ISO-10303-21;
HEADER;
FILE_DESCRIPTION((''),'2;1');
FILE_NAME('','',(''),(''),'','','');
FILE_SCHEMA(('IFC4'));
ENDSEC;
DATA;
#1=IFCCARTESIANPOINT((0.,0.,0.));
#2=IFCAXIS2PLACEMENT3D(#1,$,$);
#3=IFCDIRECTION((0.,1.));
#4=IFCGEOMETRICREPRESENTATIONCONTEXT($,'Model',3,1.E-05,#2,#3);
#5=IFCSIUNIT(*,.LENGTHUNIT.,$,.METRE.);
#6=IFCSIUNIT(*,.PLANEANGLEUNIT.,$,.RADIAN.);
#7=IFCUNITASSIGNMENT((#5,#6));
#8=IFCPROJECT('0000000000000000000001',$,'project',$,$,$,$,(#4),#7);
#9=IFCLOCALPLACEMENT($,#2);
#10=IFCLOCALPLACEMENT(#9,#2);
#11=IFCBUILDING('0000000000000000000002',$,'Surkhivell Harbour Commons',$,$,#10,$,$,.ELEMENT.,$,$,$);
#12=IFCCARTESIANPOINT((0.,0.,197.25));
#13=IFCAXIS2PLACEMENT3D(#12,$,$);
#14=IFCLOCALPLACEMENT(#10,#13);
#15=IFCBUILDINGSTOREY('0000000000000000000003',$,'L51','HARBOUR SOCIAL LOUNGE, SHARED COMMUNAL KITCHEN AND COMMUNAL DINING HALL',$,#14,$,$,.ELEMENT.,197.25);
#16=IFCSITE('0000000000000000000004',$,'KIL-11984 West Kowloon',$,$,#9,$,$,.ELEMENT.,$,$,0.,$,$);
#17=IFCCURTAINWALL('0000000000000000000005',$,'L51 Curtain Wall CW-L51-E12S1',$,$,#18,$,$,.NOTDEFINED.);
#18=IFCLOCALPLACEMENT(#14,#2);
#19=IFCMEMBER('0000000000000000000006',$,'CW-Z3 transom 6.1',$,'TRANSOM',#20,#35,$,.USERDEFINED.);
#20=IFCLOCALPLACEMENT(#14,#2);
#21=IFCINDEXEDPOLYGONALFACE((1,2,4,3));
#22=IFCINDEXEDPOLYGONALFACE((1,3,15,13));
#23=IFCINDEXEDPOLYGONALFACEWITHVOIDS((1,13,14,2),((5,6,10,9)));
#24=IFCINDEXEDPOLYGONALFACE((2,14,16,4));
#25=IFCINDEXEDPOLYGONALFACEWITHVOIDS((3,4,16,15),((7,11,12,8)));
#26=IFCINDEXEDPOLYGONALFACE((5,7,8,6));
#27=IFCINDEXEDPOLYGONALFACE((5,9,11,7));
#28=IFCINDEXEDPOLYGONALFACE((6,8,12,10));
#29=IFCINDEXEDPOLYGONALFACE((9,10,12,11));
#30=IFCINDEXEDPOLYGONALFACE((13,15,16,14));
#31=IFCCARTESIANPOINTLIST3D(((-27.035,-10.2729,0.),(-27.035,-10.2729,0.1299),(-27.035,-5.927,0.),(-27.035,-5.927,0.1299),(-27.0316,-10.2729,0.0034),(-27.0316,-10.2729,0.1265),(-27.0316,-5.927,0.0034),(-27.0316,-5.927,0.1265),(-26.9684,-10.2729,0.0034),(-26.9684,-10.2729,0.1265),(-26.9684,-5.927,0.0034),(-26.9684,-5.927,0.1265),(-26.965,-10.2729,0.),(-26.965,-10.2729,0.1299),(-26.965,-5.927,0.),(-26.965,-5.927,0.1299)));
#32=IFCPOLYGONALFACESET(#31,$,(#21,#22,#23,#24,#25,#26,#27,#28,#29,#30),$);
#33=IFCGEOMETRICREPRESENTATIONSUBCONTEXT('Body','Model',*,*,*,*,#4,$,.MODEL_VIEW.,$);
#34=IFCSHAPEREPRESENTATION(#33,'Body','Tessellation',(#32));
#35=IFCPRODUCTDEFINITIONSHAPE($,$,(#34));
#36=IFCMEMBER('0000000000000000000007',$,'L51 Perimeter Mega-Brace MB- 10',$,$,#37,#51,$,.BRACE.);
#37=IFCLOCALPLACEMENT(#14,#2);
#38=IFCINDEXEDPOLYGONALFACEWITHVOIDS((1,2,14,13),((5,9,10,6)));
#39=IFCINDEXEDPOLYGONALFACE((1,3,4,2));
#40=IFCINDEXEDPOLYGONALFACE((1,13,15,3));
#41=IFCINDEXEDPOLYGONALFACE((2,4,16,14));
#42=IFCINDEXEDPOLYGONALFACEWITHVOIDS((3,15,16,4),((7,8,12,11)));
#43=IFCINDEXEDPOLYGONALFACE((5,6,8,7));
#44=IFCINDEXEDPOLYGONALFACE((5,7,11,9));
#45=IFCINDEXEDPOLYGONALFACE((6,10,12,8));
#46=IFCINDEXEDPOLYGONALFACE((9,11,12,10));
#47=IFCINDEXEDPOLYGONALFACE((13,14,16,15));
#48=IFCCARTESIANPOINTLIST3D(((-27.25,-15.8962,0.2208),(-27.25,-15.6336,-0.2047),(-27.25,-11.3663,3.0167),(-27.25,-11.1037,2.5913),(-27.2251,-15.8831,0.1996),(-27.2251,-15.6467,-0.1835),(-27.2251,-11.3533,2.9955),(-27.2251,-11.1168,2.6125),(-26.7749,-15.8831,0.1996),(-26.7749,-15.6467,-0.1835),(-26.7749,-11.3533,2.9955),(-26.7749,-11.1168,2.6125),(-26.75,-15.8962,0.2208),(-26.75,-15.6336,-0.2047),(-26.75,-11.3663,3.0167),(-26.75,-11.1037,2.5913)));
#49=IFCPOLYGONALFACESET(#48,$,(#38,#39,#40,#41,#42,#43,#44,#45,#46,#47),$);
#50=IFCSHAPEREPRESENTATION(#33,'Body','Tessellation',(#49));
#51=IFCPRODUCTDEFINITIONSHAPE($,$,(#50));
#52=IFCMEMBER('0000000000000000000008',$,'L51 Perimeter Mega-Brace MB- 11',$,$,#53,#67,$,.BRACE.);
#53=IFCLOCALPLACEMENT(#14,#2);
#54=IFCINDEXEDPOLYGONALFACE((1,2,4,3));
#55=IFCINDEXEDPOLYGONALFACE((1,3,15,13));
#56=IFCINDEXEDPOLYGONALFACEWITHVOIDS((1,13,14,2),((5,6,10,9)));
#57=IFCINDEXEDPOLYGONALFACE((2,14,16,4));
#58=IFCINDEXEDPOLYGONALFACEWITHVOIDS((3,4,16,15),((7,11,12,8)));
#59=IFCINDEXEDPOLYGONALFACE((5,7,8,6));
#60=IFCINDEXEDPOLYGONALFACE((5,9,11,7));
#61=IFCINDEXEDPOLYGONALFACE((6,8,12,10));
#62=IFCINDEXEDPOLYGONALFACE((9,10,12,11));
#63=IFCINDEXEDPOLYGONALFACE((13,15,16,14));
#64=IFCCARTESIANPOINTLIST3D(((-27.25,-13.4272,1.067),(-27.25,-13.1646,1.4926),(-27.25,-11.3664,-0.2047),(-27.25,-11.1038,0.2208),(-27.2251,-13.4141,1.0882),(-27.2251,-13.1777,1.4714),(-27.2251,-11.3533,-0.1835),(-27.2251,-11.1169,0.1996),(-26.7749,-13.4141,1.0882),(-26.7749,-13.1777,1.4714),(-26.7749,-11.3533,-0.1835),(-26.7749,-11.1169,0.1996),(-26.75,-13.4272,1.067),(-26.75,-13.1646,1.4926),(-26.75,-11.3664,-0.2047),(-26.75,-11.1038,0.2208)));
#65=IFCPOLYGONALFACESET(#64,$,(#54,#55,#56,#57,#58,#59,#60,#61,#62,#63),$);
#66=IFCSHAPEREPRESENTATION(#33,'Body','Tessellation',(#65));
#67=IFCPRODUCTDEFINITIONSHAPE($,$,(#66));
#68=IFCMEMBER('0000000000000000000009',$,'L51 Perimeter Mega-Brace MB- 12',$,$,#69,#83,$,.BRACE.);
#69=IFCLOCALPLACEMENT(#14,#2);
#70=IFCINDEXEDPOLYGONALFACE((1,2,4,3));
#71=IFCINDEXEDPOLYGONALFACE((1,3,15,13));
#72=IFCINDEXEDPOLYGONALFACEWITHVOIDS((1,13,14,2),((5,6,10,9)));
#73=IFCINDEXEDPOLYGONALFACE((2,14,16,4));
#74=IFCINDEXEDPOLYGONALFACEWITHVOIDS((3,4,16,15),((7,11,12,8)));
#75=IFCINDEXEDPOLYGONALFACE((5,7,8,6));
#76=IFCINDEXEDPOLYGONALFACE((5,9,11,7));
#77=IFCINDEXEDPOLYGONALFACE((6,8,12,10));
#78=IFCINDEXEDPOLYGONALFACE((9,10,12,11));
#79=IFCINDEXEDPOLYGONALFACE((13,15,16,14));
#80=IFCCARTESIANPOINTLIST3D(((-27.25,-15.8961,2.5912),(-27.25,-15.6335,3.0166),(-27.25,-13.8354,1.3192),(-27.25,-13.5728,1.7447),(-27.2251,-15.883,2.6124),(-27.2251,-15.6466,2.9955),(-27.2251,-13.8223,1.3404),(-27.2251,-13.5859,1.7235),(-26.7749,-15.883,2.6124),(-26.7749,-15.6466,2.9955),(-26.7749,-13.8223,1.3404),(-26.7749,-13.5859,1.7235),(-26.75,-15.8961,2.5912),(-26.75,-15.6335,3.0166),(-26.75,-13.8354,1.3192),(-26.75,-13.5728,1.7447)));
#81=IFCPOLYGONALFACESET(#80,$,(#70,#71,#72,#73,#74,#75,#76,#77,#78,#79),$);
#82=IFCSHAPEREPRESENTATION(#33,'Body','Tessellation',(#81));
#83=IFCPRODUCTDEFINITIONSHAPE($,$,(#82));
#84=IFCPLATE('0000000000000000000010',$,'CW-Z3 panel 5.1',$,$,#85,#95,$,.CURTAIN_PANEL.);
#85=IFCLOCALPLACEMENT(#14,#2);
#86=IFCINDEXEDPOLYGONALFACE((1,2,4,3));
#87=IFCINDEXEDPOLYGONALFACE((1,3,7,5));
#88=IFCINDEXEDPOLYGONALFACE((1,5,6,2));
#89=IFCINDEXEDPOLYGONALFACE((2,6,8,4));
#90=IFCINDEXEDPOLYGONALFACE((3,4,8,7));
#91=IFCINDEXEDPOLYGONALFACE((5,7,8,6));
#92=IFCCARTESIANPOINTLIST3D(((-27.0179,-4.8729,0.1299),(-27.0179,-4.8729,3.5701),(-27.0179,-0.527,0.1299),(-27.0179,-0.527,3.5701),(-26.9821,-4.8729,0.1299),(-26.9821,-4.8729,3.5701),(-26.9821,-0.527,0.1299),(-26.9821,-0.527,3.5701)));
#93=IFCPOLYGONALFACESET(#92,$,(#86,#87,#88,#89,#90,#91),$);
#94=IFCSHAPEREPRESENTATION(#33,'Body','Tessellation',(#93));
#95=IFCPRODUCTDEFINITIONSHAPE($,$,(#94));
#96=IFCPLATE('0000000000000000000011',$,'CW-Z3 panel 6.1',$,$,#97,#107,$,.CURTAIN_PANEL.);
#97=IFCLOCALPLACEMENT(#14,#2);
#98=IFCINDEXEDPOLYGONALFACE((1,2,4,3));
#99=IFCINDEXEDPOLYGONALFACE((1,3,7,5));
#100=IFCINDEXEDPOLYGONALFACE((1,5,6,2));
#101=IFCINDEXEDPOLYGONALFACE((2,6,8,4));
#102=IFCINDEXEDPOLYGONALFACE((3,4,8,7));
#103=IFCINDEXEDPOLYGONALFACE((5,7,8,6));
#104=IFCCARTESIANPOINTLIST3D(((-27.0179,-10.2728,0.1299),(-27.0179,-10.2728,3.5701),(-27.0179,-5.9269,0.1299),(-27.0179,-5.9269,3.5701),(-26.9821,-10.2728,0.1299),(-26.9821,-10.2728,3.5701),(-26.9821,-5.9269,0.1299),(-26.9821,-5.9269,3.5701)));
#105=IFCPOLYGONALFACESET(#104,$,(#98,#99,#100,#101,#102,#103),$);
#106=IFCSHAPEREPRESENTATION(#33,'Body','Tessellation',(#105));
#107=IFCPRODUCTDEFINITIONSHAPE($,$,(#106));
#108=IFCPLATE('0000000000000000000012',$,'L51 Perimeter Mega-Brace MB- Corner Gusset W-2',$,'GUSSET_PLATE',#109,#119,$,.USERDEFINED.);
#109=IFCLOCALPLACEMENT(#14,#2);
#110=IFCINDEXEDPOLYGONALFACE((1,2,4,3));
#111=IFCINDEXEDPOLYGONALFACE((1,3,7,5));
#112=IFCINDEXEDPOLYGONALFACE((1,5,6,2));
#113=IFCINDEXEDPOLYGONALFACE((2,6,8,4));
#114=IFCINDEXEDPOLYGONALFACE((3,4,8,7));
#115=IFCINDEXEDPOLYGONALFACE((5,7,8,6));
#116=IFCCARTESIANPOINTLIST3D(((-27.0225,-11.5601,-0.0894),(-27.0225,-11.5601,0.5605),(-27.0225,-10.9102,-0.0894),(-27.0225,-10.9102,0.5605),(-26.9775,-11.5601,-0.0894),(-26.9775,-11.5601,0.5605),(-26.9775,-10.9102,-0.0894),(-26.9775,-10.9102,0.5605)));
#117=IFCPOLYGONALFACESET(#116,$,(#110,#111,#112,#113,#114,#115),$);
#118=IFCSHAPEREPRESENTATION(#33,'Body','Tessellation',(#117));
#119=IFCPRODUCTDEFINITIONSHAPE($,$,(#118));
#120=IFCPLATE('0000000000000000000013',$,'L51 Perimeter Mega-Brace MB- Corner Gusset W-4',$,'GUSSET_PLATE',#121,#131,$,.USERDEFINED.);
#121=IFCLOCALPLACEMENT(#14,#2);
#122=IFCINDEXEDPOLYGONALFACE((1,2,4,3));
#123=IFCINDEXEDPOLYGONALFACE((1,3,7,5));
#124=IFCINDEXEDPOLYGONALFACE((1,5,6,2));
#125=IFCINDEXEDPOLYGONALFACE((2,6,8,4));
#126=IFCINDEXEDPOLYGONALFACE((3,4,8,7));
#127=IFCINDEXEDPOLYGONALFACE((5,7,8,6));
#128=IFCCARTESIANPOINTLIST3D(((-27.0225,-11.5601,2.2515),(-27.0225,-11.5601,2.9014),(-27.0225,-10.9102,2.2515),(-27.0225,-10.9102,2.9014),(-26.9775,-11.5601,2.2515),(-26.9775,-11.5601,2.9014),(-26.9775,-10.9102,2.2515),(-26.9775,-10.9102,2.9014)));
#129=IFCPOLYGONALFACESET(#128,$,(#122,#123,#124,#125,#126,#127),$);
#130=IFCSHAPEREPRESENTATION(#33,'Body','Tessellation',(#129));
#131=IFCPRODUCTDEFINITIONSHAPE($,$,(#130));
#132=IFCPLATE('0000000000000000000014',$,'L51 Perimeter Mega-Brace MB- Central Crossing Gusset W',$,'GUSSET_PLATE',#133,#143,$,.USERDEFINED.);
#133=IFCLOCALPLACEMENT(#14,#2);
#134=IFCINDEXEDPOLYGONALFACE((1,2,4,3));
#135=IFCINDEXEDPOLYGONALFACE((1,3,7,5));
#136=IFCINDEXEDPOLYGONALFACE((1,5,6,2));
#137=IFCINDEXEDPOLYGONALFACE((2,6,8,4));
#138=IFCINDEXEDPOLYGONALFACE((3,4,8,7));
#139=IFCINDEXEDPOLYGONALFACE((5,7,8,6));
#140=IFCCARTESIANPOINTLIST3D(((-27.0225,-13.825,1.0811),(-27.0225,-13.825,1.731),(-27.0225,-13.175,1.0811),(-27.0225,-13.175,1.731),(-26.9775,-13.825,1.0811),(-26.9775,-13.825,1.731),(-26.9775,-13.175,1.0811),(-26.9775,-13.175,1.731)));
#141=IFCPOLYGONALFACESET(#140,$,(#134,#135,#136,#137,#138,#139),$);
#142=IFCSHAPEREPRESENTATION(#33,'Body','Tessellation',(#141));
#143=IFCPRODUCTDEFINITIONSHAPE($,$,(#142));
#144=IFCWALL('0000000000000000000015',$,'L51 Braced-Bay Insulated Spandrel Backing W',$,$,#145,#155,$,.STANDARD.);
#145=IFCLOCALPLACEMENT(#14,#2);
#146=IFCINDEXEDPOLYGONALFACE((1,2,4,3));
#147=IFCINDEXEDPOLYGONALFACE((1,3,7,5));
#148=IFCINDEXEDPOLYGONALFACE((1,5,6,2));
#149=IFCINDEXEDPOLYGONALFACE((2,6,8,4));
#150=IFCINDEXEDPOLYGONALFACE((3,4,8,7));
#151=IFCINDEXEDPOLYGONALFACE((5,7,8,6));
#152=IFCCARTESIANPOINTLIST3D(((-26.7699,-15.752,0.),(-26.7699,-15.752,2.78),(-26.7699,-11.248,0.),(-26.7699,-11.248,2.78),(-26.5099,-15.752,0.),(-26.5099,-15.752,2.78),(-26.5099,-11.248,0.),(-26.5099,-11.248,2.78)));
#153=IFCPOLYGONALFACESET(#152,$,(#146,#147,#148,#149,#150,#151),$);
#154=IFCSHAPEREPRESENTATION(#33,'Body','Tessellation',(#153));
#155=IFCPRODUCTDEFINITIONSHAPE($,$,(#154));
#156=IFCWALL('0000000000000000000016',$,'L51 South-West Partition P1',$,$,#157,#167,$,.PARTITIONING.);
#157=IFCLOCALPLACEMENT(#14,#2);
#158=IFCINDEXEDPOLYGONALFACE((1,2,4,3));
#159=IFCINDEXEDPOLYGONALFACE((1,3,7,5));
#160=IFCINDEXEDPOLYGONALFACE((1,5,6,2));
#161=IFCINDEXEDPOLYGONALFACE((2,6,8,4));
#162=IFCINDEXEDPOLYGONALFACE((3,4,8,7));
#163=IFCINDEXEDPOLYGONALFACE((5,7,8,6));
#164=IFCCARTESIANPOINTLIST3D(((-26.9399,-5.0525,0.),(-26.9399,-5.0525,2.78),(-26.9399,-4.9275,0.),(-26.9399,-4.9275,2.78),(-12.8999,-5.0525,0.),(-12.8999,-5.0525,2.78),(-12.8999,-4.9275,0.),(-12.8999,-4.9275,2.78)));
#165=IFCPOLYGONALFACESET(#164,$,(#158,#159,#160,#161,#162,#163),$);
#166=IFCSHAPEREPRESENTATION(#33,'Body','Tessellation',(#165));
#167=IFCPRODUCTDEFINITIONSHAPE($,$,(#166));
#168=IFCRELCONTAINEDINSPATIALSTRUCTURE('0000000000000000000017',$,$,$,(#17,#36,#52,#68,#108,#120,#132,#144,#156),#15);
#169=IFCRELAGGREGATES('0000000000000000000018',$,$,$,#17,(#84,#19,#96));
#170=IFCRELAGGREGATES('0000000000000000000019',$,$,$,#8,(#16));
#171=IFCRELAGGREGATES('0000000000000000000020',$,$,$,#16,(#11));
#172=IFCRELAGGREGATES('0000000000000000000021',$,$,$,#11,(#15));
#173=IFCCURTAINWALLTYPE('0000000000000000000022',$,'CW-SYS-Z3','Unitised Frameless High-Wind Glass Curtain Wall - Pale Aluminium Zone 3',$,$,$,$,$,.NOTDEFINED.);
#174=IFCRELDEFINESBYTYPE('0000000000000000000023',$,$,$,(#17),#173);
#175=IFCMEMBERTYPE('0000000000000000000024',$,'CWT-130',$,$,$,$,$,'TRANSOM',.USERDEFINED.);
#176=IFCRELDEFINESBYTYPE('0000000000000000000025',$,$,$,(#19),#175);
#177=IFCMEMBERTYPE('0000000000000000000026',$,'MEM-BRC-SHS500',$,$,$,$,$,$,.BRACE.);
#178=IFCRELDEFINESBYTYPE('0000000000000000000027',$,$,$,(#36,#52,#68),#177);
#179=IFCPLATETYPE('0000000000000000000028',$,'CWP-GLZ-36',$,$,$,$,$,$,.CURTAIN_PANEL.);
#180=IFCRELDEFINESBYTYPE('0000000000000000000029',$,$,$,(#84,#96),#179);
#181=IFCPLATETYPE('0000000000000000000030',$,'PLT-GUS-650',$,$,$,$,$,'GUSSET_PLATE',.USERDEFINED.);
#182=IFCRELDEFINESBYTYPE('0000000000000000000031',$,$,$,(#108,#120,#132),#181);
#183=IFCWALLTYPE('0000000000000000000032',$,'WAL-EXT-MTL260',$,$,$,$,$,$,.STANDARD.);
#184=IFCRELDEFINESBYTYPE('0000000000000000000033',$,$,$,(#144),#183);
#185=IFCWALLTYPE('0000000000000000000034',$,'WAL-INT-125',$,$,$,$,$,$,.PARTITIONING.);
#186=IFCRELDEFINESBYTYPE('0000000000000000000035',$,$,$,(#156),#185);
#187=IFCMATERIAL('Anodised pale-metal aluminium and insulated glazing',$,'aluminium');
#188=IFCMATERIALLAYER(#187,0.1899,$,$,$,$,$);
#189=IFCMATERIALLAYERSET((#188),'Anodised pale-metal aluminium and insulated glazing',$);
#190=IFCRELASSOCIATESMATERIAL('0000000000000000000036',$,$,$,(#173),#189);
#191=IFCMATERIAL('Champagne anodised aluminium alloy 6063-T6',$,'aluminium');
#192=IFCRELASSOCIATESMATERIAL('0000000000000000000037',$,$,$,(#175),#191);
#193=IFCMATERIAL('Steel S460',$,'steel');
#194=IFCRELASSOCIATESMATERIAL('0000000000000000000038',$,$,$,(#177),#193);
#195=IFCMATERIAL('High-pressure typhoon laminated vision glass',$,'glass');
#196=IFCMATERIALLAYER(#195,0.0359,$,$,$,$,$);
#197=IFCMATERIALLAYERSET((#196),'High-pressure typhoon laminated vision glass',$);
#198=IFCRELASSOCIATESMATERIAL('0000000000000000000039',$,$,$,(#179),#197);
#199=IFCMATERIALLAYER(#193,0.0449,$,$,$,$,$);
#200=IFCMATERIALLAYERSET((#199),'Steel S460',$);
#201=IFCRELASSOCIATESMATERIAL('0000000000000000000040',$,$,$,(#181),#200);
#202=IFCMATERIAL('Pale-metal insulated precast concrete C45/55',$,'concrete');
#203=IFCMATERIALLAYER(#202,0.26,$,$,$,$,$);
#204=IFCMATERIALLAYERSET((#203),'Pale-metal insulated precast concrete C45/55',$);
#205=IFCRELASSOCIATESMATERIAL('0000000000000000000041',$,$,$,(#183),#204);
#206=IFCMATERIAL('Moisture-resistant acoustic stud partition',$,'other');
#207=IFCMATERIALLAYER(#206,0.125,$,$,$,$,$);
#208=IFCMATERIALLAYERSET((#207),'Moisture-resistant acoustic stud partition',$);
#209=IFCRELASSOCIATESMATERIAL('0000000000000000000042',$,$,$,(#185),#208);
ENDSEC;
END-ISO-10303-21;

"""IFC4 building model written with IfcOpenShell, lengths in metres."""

from ifc_helpers import new_model, si_unit, direction, frame, frame_2d, origin, origin_2d, place, context, subcontext, project, spatial, rectangle, hollow_rectangle, extrude, material, layer, layer_set, material_profile, profile_set, type_object, element, aggregate, save


model = new_model("IFC4")

# Units and contexts
model_context = context("Model", 3, precision=1e-05, world=origin(), true_north=direction((0.0, 1.0)))
body_context = subcontext(model_context, "Body", "Model", "MODEL_VIEW")
ifc_project = project(units=[si_unit("LENGTHUNIT", "METRE"), si_unit("PLANEANGLEUNIT", "RADIAN")], contexts=[model_context])

# Site, building, storey
site_placement = place(None, origin())
site = spatial("IfcSite", under=ifc_project, at=site_placement, Name="KIL-11984 West Kowloon", CompositionType="ELEMENT", RefElevation=0.0)
building_placement = place(site_placement, origin())
building = spatial("IfcBuilding", under=site, at=building_placement, Name="Surkhivell Harbour Commons", CompositionType="ELEMENT")
storey_placement = place(building_placement, frame((0.0, 0.0, 197.25)))
storey = spatial("IfcBuildingStorey", under=building, at=storey_placement, Name="L51", Description="HARBOUR SOCIAL LOUNGE, SHARED COMMUNAL KITCHEN AND COMMUNAL DINING HALL", CompositionType="ELEMENT", Elevation=197.25)

# Curtain wall, member
ifc_material_1 = material(Name="Anodised pale-metal aluminium and insulated glazing", Category="aluminium")
ifc_layer_1 = layer(ifc_material_1, 0.1899)
ifc_layer_set_1 = layer_set([ifc_layer_1], Name="Anodised pale-metal aluminium and insulated glazing")
curtain_wall_type = type_object("IfcCurtainWallType", Name="CW-SYS-Z3", Description="Unitised Frameless High-Wind Glass Curtain Wall - Pale Aluminium Zone 3", PredefinedType="NOTDEFINED", material=ifc_layer_set_1)
curtain_wall_placement = place(storey_placement, origin())
curtain_wall = element("IfcCurtainWall", 1, at=curtain_wall_placement, inside=storey, type_object=curtain_wall_type, Name="L51 Curtain Wall CW-L51-E12S1", PredefinedType="NOTDEFINED")
ifc_material_2 = material(Name="Champagne anodised aluminium alloy 6063-T6", Category="aluminium")
ifc_material_profile_1 = material_profile(ifc_material_2, hollow_rectangle(XDim=0.0701, YDim=0.1299, WallThickness=0.0034, at=origin_2d()), Name="ALU-TRAN-70x130")
ifc_profile_set_1 = profile_set([ifc_material_profile_1], Name="Champagne anodised aluminium alloy 6063-T6")
member_type_1 = type_object("IfcMemberType", Name="CWT-130", ElementType="TRANSOM", PredefinedType="USERDEFINED", material=ifc_profile_set_1)
member_1_placement = place(storey_placement, frame((-27.0, -5.927, 0.0649), z_axis=(0.0, -1.0, 0.0), x_axis=(1.0, 0.0, 0.0)))
member_1 = element("IfcMember", 2, at=member_1_placement, type_object=member_type_1, Name="CW-Z3 transom 6.1", ObjectType="TRANSOM", PredefinedType="USERDEFINED", context=body_context, shape_type="SweptSolid", body=[
    extrude(hollow_rectangle(XDim=0.0701, YDim=0.1299, WallThickness=0.0034, at=origin_2d()), origin(), (0.0, 0.0, 1.0), 4.3459),
])

# Members
ifc_material_3 = material(Name="Steel S460", Category="steel")
ifc_material_profile_2 = material_profile(ifc_material_3, hollow_rectangle(XDim=0.5, YDim=0.5, WallThickness=0.0249, at=origin_2d()), Name="SHS500x500x25")
ifc_profile_set_2 = profile_set([ifc_material_profile_2], Name="Steel S460")
member_type_2 = type_object("IfcMemberType", Name="MEM-BRC-SHS500", PredefinedType="BRACE", material=ifc_profile_set_2)
member_2_placement = place(storey_placement, frame((-27.0, -15.7649, 0.0081), z_axis=(0.0, 0.850958, 0.525233), x_axis=(-1.0, 0.0, 0.0)))
element("IfcMember", 3, at=member_2_placement, inside=storey, type_object=member_type_2, Name="L51 Perimeter Mega-Brace MB- 10", PredefinedType="BRACE", context=body_context, shape_type="SweptSolid", body=[
    extrude(hollow_rectangle(XDim=0.5, YDim=0.5, WallThickness=0.0249, at=origin_2d()), origin(), (0.0, 0.0, 1.0), 5.3232),
])
for number, where, z_axis, x_axis, name in (
    (4, (-27.0, -11.2351, 0.0081), (0.0, -0.851003, 0.52516), (1.0, 0.0, 0.0), "L51 Perimeter Mega-Brace MB- 11"),
    (5, (-27.0, -13.7041, 1.532), (0.0, -0.850958, 0.525233), (1.0, 0.0, 0.0), "L51 Perimeter Mega-Brace MB- 12"),
):
    element("IfcMember", number, at=place(storey_placement, frame(where, z_axis=z_axis, x_axis=x_axis)), inside=storey, type_object=member_type_2, Name=name, PredefinedType="BRACE", context=body_context, shape_type="SweptSolid", body=[
        extrude(hollow_rectangle(XDim=0.5, YDim=0.5, WallThickness=0.0249, at=origin_2d()), origin(), (0.0, 0.0, 1.0), 2.4216),
    ])

# Plates
ifc_material_4 = material(Name="High-pressure typhoon laminated vision glass", Category="glass")
ifc_layer_2 = layer(ifc_material_4, 0.0359)
ifc_layer_set_2 = layer_set([ifc_layer_2], Name="High-pressure typhoon laminated vision glass")
plate_type_1 = type_object("IfcPlateType", Name="CWP-GLZ-36", PredefinedType="CURTAIN_PANEL", material=ifc_layer_set_2)
plate_1_placement = place(storey_placement, frame((-27.0, -0.5271, 0.1299), z_axis=(0.0, 0.0, 1.0), x_axis=(0.0, -1.0, 0.0)))
plate_1 = element("IfcPlate", 6, at=plate_1_placement, type_object=plate_type_1, Name="CW-Z3 panel 5.1", PredefinedType="CURTAIN_PANEL", context=body_context, shape_type="SweptSolid", body=[
    extrude(rectangle(XDim=4.3459, YDim=0.0359, at=frame_2d((2.1729, 0.0))), origin(), (0.0, 0.0, 1.0), 3.4402),
])
plate_2_placement = place(storey_placement, frame((-27.0, -5.927, 0.1299), z_axis=(0.0, 0.0, 1.0), x_axis=(0.0, -1.0, 0.0)))
plate_2 = element("IfcPlate", 7, at=plate_2_placement, type_object=plate_type_1, Name="CW-Z3 panel 6.1", PredefinedType="CURTAIN_PANEL", context=body_context, shape_type="SweptSolid", body=[
    extrude(rectangle(XDim=4.3459, YDim=0.0359, at=frame_2d((2.1729, 0.0))), origin(), (0.0, 0.0, 1.0), 3.4402),
])
aggregate(curtain_wall, [plate_1, member_1, plate_2])

# Plates
ifc_layer_3 = layer(ifc_material_3, 0.0449)
ifc_layer_set_3 = layer_set([ifc_layer_3], Name="Steel S460")
plate_type_2 = type_object("IfcPlateType", Name="PLT-GUS-650", ElementType="GUSSET_PLATE", PredefinedType="USERDEFINED", material=ifc_layer_set_3)
for number, where, z_axis, x_axis, name in (
    (8, (-27.0, -11.2351, -0.0894), (0.0, 0.0, 1.0), (0.0, 1.0, 0.0), "L51 Perimeter Mega-Brace MB- Corner Gusset W-2"),
    (9, (-27.0, -11.2351, 2.2515), (0.0, 0.0, 1.0), (0.0, 1.0, 0.0), "L51 Perimeter Mega-Brace MB- Corner Gusset W-4"),
    (10, (-27.0, -13.5, 1.0811), (0.0, 0.0, 1.0), (0.0, 1.0, 0.0), "L51 Perimeter Mega-Brace MB- Central Crossing Gusset W"),
):
    element("IfcPlate", number, at=place(storey_placement, frame(where, z_axis=z_axis, x_axis=x_axis)), inside=storey, type_object=plate_type_2, Name=name, ObjectType="GUSSET_PLATE", PredefinedType="USERDEFINED", context=body_context, shape_type="SweptSolid", body=[
        extrude(rectangle(XDim=0.6499, YDim=0.0449, at=origin_2d()), origin(), (0.0, 0.0, 1.0), 0.6499),
    ])

# Walls
ifc_material_5 = material(Name="Pale-metal insulated precast concrete C45/55", Category="concrete")
ifc_layer_4 = layer(ifc_material_5, 0.26)
ifc_layer_set_4 = layer_set([ifc_layer_4], Name="Pale-metal insulated precast concrete C45/55")
wall_type_1 = type_object("IfcWallType", Name="WAL-EXT-MTL260", PredefinedType="STANDARD", material=ifc_layer_set_4)
wall_1_placement = place(storey_placement, frame((-26.6399, -11.248, 0.0), z_axis=(0.0, 0.0, 1.0), x_axis=(0.0, -1.0, 0.0)))
element("IfcWall", 11, at=wall_1_placement, inside=storey, type_object=wall_type_1, Name="L51 Braced-Bay Insulated Spandrel Backing W", PredefinedType="STANDARD", context=body_context, shape_type="SweptSolid", body=[
    extrude(rectangle(XDim=4.5039, YDim=0.26, at=frame_2d((2.252, 0.0))), origin(), (0.0, 0.0, 1.0), 2.78),
])
ifc_material_6 = material(Name="Moisture-resistant acoustic stud partition", Category="other")
ifc_layer_5 = layer(ifc_material_6, 0.125)
ifc_layer_set_5 = layer_set([ifc_layer_5], Name="Moisture-resistant acoustic stud partition")
wall_type_2 = type_object("IfcWallType", Name="WAL-INT-125", PredefinedType="PARTITIONING", material=ifc_layer_set_5)
wall_2_placement = place(storey_placement, frame((-26.9399, -4.99, 0.0), z_axis=(0.0, 0.0, 1.0), x_axis=(1.0, 0.0, 0.0)))
element("IfcWall", 12, at=wall_2_placement, inside=storey, type_object=wall_type_2, Name="L51 South-West Partition P1", PredefinedType="PARTITIONING", context=body_context, shape_type="SweptSolid", body=[
    extrude(rectangle(XDim=14.04, YDim=0.125, at=frame_2d((7.02, 0.0))), origin(), (0.0, 0.0, 1.0), 2.78),
])

save(model, "model.ifc")
